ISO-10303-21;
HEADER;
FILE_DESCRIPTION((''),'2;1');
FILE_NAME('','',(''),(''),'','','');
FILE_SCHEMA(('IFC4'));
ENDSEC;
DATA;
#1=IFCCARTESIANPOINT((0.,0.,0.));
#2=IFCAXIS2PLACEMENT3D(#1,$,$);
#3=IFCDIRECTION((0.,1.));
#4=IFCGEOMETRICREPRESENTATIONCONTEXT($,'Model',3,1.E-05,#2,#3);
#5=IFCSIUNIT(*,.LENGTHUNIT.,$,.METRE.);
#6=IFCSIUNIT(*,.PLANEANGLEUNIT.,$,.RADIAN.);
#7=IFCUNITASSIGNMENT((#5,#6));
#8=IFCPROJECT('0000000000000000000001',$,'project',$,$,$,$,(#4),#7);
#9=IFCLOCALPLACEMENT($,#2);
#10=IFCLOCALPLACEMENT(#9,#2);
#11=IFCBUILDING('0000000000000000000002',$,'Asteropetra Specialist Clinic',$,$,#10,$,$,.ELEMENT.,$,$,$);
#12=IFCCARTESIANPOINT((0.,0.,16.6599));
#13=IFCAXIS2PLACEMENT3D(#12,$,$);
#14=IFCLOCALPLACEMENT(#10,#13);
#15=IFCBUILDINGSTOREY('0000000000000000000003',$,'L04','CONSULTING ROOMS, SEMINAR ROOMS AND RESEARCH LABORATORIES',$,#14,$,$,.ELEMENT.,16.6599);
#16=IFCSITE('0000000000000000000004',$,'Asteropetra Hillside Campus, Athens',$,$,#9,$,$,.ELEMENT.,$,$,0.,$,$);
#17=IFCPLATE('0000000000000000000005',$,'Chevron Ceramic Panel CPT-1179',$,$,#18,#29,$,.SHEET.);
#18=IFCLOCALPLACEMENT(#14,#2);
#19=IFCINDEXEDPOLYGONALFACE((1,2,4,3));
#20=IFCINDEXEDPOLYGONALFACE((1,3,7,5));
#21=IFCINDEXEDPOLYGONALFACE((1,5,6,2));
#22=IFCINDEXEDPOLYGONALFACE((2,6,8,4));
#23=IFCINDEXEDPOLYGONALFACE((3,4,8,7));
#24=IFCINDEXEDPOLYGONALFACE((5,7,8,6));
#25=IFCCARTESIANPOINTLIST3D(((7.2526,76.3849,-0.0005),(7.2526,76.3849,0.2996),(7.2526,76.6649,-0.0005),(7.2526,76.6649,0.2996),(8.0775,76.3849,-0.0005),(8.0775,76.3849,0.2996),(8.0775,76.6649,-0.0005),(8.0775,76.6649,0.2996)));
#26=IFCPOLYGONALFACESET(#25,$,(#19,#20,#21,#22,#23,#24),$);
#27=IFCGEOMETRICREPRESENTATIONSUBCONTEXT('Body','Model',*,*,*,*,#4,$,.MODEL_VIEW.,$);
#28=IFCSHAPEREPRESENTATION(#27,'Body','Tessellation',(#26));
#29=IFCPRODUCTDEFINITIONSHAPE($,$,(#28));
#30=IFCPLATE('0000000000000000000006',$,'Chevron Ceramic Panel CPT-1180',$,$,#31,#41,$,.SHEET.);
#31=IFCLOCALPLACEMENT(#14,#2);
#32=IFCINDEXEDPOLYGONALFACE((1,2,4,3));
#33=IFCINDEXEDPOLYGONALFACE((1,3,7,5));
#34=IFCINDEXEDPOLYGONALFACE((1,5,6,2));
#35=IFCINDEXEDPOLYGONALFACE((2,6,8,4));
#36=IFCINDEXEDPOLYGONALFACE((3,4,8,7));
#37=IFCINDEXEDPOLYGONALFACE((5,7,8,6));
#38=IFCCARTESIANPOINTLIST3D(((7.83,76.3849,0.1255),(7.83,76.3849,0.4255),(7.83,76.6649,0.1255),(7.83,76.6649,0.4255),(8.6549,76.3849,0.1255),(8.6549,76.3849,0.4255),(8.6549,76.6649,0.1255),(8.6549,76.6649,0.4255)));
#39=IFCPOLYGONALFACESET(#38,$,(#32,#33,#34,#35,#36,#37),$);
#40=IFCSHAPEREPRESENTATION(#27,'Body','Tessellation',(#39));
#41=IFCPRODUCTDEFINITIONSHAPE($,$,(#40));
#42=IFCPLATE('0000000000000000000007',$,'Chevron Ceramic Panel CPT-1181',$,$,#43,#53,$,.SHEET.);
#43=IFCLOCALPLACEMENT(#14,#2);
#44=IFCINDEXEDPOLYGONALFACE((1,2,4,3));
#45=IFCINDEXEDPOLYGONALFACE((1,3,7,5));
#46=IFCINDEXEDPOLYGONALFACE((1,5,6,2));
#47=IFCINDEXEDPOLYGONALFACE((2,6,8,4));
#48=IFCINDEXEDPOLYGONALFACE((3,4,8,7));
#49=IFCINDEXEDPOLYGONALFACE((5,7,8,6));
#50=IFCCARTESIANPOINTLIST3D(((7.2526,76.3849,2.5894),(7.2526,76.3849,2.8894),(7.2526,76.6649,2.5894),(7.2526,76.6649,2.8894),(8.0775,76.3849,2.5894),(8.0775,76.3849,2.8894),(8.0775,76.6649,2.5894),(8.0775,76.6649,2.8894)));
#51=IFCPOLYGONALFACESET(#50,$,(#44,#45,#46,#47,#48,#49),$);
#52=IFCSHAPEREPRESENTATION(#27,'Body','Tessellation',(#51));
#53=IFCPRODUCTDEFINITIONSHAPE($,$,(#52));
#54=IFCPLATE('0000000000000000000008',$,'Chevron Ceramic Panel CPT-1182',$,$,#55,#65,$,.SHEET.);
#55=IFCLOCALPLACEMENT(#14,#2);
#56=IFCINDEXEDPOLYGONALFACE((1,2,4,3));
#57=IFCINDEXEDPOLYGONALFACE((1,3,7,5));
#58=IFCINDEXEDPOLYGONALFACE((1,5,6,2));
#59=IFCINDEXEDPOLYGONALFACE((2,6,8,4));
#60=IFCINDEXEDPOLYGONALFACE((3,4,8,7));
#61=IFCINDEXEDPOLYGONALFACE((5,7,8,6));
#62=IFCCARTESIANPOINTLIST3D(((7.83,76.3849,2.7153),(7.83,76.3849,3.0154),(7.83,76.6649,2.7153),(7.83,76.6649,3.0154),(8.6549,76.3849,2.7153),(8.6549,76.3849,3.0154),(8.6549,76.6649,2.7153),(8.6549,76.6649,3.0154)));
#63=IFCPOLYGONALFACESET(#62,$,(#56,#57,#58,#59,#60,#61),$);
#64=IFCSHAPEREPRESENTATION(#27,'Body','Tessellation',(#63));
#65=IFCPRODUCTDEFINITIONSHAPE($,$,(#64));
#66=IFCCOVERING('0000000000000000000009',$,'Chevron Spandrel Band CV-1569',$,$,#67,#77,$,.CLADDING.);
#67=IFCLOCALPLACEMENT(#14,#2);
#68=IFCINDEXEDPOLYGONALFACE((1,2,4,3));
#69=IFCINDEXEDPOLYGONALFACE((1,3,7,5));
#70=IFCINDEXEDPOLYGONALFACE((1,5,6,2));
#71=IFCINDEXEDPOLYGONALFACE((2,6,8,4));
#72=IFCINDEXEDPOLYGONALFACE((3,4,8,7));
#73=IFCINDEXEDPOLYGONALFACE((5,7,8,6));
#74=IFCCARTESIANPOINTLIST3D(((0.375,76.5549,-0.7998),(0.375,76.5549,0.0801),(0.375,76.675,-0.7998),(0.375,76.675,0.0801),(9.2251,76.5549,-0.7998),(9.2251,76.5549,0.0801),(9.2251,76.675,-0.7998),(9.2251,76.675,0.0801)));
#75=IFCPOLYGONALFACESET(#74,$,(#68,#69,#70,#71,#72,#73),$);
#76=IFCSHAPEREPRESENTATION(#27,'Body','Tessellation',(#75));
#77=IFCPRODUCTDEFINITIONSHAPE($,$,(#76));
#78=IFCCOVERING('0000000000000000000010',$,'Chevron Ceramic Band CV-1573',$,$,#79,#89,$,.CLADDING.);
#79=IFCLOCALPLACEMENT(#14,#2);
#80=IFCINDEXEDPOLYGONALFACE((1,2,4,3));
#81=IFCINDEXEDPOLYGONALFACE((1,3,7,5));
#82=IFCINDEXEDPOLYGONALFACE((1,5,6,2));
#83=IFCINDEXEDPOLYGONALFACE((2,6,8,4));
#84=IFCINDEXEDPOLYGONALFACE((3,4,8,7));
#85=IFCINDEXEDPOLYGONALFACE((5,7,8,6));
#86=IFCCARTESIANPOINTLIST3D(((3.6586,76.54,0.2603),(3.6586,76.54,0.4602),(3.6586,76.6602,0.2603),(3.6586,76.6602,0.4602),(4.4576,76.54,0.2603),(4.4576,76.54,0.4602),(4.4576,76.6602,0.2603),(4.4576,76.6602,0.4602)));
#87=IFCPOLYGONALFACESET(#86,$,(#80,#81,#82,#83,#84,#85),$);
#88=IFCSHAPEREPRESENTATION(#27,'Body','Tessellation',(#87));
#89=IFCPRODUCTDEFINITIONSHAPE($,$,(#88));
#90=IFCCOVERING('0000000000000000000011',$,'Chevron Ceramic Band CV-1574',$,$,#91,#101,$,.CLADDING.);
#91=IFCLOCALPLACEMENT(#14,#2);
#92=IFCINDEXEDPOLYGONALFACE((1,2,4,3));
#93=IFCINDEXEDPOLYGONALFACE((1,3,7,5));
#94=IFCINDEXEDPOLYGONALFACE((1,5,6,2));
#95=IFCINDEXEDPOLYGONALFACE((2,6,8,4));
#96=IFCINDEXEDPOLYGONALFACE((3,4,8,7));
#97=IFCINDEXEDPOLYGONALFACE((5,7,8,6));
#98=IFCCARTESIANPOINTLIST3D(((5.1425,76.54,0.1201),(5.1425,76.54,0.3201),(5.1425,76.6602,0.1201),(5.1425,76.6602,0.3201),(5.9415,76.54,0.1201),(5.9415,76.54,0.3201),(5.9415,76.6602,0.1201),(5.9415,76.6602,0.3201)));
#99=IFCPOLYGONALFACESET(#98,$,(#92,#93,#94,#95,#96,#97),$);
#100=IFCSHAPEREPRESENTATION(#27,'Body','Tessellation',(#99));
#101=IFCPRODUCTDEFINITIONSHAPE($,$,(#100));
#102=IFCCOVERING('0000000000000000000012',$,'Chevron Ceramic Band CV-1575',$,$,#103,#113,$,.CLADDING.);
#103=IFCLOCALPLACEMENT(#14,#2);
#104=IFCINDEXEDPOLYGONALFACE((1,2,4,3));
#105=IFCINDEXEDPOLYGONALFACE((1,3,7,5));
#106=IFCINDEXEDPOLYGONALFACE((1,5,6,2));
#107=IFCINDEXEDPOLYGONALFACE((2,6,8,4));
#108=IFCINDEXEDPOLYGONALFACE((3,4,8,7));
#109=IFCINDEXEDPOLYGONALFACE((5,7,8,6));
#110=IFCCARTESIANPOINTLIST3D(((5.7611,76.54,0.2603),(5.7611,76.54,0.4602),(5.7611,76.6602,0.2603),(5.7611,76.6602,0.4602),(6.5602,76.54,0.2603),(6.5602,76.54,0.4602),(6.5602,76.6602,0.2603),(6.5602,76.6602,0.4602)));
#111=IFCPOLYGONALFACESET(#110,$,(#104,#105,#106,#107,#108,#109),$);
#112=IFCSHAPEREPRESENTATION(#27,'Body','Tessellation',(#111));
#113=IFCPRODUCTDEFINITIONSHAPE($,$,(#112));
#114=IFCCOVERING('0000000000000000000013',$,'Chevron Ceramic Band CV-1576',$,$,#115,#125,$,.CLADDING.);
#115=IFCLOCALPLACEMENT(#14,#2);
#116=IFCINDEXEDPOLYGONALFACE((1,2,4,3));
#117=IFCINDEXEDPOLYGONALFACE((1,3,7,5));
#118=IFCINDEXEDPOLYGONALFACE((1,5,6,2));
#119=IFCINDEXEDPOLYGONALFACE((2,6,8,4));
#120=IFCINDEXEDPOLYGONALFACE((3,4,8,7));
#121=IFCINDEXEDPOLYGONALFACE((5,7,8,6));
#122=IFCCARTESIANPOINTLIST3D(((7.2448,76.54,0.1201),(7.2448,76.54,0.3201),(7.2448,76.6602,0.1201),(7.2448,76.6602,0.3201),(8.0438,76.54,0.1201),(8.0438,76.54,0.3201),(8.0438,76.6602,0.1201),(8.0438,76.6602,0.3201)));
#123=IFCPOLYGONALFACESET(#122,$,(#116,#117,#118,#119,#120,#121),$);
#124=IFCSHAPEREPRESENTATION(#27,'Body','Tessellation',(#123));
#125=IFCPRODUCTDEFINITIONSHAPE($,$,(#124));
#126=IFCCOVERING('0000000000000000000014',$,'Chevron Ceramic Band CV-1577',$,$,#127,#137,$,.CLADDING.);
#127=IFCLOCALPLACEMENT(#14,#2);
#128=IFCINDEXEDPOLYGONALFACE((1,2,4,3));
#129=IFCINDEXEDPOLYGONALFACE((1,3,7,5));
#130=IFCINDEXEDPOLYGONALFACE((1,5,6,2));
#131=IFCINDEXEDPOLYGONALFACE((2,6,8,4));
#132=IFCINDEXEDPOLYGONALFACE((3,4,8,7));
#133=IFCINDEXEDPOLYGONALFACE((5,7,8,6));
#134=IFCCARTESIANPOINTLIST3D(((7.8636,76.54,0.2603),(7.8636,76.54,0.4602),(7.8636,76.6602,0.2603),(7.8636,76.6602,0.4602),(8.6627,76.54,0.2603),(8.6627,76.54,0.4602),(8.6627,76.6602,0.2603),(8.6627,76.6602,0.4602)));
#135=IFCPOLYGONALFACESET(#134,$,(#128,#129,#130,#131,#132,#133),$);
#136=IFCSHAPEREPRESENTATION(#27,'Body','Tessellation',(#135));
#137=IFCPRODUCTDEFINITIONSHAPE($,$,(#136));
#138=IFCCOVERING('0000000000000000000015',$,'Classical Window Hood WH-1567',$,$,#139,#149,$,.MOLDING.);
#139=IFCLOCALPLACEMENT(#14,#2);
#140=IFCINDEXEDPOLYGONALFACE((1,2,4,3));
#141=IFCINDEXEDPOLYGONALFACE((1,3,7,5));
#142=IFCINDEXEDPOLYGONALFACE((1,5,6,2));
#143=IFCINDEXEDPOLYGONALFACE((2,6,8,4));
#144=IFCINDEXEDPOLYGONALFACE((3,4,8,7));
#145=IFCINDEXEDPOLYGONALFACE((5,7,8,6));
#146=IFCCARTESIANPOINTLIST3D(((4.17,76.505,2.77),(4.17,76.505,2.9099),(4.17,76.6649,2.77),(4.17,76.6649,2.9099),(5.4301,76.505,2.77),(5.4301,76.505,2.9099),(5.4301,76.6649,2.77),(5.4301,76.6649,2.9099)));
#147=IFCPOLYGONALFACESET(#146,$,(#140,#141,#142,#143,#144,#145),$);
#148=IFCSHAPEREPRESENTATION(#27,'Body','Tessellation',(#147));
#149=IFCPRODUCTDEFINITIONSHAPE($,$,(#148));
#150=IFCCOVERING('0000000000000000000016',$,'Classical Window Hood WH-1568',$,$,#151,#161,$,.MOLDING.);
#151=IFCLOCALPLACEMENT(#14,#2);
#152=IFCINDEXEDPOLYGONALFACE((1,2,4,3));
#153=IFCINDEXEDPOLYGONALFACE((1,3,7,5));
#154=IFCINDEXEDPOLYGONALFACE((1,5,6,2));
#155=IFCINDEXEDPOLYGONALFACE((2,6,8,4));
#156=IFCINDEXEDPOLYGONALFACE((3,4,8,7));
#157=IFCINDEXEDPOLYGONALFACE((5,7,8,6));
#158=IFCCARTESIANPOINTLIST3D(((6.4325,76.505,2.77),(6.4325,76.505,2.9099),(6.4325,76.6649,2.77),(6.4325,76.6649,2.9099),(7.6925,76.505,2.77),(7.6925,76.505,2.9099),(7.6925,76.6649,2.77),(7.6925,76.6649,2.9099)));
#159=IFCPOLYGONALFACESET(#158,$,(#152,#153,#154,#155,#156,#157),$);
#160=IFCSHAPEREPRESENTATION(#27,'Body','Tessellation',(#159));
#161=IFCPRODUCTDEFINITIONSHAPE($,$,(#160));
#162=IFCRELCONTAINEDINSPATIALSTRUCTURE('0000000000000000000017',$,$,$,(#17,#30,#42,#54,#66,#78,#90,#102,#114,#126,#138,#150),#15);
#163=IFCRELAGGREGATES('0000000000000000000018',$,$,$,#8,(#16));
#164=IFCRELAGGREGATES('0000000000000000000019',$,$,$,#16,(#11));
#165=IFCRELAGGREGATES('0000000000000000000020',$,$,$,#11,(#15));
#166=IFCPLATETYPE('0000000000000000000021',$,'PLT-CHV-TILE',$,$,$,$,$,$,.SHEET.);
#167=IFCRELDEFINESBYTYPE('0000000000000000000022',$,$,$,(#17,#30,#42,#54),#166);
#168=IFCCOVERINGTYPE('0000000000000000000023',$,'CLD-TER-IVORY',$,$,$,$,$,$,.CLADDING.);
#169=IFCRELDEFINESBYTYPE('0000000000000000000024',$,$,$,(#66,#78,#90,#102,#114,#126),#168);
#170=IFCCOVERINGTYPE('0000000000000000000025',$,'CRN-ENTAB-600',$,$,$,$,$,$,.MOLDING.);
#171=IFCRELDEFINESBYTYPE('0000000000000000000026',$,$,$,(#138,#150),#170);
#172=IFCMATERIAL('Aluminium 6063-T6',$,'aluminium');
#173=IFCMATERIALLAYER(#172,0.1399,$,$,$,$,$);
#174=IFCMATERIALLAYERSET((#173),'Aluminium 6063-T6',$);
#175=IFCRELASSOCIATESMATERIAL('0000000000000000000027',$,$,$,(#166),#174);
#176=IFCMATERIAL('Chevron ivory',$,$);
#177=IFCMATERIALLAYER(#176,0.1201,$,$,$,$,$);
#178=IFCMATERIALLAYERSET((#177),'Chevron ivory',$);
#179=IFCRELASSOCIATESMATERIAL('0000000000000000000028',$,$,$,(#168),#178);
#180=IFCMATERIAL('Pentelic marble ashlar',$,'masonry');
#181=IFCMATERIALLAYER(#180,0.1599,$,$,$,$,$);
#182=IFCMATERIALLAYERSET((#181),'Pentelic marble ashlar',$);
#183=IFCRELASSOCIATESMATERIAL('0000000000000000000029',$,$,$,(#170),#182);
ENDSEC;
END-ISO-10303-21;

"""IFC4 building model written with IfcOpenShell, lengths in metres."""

from ifc_helpers import new_model, si_unit, direction, frame, origin, origin_2d, place, context, subcontext, project, spatial, rectangle, extrude, material, layer, layer_set, type_object, element, save


model = new_model("IFC4")

# Units and contexts
model_context = context("Model", 3, precision=1e-05, world=origin(), true_north=direction((0.0, 1.0)))
body_context = subcontext(model_context, "Body", "Model", "MODEL_VIEW")
ifc_project = project(units=[si_unit("LENGTHUNIT", "METRE"), si_unit("PLANEANGLEUNIT", "RADIAN")], contexts=[model_context])

# Site, building, storey
site_placement = place(None, origin())
site = spatial("IfcSite", under=ifc_project, at=site_placement, Name="Asteropetra Hillside Campus, Athens", CompositionType="ELEMENT", RefElevation=0.0)
building_placement = place(site_placement, origin())
building = spatial("IfcBuilding", under=site, at=building_placement, Name="Asteropetra Specialist Clinic", CompositionType="ELEMENT")
storey_placement = place(building_placement, frame((0.0, 0.0, 16.6599)))
storey = spatial("IfcBuildingStorey", under=building, at=storey_placement, Name="L04", Description="CONSULTING ROOMS, SEMINAR ROOMS AND RESEARCH LABORATORIES", CompositionType="ELEMENT", Elevation=16.6599)

# Plates
ifc_material_1 = material(Name="Aluminium 6063-T6", Category="aluminium")
ifc_layer_1 = layer(ifc_material_1, 0.1399)
ifc_layer_set_1 = layer_set([ifc_layer_1], Name="Aluminium 6063-T6")
plate_type_1 = type_object("IfcPlateType", Name="PLT-CHV-TILE", PredefinedType="SHEET", material=ifc_layer_set_1)
for number, where, z_axis, x_axis, name in (
    (1, (7.665, 76.5249, -0.0005), (0.0, 0.0, 1.0), (1.0, 0.0, 0.0), "Chevron Ceramic Panel CPT-1179"),
    (2, (8.2424, 76.5249, 0.1255), (0.0, 0.0, 1.0), (1.0, 0.0, 0.0), "Chevron Ceramic Panel CPT-1180"),
    (3, (7.665, 76.5249, 2.5894), (0.0, 0.0, 1.0), (1.0, 0.0, 0.0), "Chevron Ceramic Panel CPT-1181"),
    (4, (8.2424, 76.5249, 2.7153), (0.0, 0.0, 1.0), (1.0, 0.0, 0.0), "Chevron Ceramic Panel CPT-1182"),
):
    element("IfcPlate", number, at=place(storey_placement, frame(where, z_axis=z_axis, x_axis=x_axis)), inside=storey, type_object=plate_type_1, Name=name, PredefinedType="SHEET", context=body_context, shape_type="SweptSolid", body=[
        extrude(rectangle(XDim=0.825, YDim=0.28, at=origin_2d()), origin(), (0.0, 0.0, 1.0), 0.3),
    ])

# Coverings
ifc_material_2 = material(Name="Chevron ivory")
ifc_layer_2 = layer(ifc_material_2, 0.1201)
ifc_layer_set_2 = layer_set([ifc_layer_2], Name="Chevron ivory")
covering_type_1 = type_object("IfcCoveringType", Name="CLD-TER-IVORY", PredefinedType="CLADDING", material=ifc_layer_set_2)
covering_placement = place(storey_placement, frame((4.8, 76.615, -0.7998), z_axis=(0.0, 0.0, 1.0), x_axis=(1.0, 0.0, 0.0)))
element("IfcCovering", 5, at=covering_placement, inside=storey, type_object=covering_type_1, Name="Chevron Spandrel Band CV-1569", PredefinedType="CLADDING", context=body_context, shape_type="SweptSolid", body=[
    extrude(rectangle(XDim=8.8501, YDim=0.1201, at=origin_2d()), origin(), (0.0, 0.0, 1.0), 0.8799),
])
for number, where, z_axis, x_axis, name in (
    (6, (4.0581, 76.6001, 0.2603), (0.0, 0.0, 1.0), (1.0, 0.0, 0.0), "Chevron Ceramic Band CV-1573"),
    (7, (5.542, 76.6001, 0.1201), (0.0, 0.0, 1.0), (1.0, 0.0, 0.0), "Chevron Ceramic Band CV-1574"),
    (8, (6.1606, 76.6001, 0.2603), (0.0, 0.0, 1.0), (1.0, 0.0, 0.0), "Chevron Ceramic Band CV-1575"),
    (9, (7.6443, 76.6001, 0.1201), (0.0, 0.0, 1.0), (1.0, 0.0, 0.0), "Chevron Ceramic Band CV-1576"),
    (10, (8.2632, 76.6001, 0.2603), (0.0, 0.0, 1.0), (1.0, 0.0, 0.0), "Chevron Ceramic Band CV-1577"),
):
    element("IfcCovering", number, at=place(storey_placement, frame(where, z_axis=z_axis, x_axis=x_axis)), inside=storey, type_object=covering_type_1, Name=name, PredefinedType="CLADDING", context=body_context, shape_type="SweptSolid", body=[
        extrude(rectangle(XDim=0.7991, YDim=0.1201, at=origin_2d()), origin(), (0.0, 0.0, 1.0), 0.2),
    ])
ifc_material_3 = material(Name="Pentelic marble ashlar", Category="masonry")
ifc_layer_3 = layer(ifc_material_3, 0.1599)
ifc_layer_set_3 = layer_set([ifc_layer_3], Name="Pentelic marble ashlar")
covering_type_2 = type_object("IfcCoveringType", Name="CRN-ENTAB-600", PredefinedType="MOLDING", material=ifc_layer_set_3)
for number, where, z_axis, x_axis, name in (
    (11, (4.8, 76.585, 2.77), (0.0, 0.0, 1.0), (1.0, 0.0, 0.0), "Classical Window Hood WH-1567"),
    (12, (7.0625, 76.585, 2.77), (0.0, 0.0, 1.0), (1.0, 0.0, 0.0), "Classical Window Hood WH-1568"),
):
    element("IfcCovering", number, at=place(storey_placement, frame(where, z_axis=z_axis, x_axis=x_axis)), inside=storey, type_object=covering_type_2, Name=name, PredefinedType="MOLDING", context=body_context, shape_type="SweptSolid", body=[
        extrude(rectangle(XDim=1.26, YDim=0.1599, at=origin_2d()), origin(), (0.0, 0.0, 1.0), 0.1399),
    ])

save(model, "model.ifc")
